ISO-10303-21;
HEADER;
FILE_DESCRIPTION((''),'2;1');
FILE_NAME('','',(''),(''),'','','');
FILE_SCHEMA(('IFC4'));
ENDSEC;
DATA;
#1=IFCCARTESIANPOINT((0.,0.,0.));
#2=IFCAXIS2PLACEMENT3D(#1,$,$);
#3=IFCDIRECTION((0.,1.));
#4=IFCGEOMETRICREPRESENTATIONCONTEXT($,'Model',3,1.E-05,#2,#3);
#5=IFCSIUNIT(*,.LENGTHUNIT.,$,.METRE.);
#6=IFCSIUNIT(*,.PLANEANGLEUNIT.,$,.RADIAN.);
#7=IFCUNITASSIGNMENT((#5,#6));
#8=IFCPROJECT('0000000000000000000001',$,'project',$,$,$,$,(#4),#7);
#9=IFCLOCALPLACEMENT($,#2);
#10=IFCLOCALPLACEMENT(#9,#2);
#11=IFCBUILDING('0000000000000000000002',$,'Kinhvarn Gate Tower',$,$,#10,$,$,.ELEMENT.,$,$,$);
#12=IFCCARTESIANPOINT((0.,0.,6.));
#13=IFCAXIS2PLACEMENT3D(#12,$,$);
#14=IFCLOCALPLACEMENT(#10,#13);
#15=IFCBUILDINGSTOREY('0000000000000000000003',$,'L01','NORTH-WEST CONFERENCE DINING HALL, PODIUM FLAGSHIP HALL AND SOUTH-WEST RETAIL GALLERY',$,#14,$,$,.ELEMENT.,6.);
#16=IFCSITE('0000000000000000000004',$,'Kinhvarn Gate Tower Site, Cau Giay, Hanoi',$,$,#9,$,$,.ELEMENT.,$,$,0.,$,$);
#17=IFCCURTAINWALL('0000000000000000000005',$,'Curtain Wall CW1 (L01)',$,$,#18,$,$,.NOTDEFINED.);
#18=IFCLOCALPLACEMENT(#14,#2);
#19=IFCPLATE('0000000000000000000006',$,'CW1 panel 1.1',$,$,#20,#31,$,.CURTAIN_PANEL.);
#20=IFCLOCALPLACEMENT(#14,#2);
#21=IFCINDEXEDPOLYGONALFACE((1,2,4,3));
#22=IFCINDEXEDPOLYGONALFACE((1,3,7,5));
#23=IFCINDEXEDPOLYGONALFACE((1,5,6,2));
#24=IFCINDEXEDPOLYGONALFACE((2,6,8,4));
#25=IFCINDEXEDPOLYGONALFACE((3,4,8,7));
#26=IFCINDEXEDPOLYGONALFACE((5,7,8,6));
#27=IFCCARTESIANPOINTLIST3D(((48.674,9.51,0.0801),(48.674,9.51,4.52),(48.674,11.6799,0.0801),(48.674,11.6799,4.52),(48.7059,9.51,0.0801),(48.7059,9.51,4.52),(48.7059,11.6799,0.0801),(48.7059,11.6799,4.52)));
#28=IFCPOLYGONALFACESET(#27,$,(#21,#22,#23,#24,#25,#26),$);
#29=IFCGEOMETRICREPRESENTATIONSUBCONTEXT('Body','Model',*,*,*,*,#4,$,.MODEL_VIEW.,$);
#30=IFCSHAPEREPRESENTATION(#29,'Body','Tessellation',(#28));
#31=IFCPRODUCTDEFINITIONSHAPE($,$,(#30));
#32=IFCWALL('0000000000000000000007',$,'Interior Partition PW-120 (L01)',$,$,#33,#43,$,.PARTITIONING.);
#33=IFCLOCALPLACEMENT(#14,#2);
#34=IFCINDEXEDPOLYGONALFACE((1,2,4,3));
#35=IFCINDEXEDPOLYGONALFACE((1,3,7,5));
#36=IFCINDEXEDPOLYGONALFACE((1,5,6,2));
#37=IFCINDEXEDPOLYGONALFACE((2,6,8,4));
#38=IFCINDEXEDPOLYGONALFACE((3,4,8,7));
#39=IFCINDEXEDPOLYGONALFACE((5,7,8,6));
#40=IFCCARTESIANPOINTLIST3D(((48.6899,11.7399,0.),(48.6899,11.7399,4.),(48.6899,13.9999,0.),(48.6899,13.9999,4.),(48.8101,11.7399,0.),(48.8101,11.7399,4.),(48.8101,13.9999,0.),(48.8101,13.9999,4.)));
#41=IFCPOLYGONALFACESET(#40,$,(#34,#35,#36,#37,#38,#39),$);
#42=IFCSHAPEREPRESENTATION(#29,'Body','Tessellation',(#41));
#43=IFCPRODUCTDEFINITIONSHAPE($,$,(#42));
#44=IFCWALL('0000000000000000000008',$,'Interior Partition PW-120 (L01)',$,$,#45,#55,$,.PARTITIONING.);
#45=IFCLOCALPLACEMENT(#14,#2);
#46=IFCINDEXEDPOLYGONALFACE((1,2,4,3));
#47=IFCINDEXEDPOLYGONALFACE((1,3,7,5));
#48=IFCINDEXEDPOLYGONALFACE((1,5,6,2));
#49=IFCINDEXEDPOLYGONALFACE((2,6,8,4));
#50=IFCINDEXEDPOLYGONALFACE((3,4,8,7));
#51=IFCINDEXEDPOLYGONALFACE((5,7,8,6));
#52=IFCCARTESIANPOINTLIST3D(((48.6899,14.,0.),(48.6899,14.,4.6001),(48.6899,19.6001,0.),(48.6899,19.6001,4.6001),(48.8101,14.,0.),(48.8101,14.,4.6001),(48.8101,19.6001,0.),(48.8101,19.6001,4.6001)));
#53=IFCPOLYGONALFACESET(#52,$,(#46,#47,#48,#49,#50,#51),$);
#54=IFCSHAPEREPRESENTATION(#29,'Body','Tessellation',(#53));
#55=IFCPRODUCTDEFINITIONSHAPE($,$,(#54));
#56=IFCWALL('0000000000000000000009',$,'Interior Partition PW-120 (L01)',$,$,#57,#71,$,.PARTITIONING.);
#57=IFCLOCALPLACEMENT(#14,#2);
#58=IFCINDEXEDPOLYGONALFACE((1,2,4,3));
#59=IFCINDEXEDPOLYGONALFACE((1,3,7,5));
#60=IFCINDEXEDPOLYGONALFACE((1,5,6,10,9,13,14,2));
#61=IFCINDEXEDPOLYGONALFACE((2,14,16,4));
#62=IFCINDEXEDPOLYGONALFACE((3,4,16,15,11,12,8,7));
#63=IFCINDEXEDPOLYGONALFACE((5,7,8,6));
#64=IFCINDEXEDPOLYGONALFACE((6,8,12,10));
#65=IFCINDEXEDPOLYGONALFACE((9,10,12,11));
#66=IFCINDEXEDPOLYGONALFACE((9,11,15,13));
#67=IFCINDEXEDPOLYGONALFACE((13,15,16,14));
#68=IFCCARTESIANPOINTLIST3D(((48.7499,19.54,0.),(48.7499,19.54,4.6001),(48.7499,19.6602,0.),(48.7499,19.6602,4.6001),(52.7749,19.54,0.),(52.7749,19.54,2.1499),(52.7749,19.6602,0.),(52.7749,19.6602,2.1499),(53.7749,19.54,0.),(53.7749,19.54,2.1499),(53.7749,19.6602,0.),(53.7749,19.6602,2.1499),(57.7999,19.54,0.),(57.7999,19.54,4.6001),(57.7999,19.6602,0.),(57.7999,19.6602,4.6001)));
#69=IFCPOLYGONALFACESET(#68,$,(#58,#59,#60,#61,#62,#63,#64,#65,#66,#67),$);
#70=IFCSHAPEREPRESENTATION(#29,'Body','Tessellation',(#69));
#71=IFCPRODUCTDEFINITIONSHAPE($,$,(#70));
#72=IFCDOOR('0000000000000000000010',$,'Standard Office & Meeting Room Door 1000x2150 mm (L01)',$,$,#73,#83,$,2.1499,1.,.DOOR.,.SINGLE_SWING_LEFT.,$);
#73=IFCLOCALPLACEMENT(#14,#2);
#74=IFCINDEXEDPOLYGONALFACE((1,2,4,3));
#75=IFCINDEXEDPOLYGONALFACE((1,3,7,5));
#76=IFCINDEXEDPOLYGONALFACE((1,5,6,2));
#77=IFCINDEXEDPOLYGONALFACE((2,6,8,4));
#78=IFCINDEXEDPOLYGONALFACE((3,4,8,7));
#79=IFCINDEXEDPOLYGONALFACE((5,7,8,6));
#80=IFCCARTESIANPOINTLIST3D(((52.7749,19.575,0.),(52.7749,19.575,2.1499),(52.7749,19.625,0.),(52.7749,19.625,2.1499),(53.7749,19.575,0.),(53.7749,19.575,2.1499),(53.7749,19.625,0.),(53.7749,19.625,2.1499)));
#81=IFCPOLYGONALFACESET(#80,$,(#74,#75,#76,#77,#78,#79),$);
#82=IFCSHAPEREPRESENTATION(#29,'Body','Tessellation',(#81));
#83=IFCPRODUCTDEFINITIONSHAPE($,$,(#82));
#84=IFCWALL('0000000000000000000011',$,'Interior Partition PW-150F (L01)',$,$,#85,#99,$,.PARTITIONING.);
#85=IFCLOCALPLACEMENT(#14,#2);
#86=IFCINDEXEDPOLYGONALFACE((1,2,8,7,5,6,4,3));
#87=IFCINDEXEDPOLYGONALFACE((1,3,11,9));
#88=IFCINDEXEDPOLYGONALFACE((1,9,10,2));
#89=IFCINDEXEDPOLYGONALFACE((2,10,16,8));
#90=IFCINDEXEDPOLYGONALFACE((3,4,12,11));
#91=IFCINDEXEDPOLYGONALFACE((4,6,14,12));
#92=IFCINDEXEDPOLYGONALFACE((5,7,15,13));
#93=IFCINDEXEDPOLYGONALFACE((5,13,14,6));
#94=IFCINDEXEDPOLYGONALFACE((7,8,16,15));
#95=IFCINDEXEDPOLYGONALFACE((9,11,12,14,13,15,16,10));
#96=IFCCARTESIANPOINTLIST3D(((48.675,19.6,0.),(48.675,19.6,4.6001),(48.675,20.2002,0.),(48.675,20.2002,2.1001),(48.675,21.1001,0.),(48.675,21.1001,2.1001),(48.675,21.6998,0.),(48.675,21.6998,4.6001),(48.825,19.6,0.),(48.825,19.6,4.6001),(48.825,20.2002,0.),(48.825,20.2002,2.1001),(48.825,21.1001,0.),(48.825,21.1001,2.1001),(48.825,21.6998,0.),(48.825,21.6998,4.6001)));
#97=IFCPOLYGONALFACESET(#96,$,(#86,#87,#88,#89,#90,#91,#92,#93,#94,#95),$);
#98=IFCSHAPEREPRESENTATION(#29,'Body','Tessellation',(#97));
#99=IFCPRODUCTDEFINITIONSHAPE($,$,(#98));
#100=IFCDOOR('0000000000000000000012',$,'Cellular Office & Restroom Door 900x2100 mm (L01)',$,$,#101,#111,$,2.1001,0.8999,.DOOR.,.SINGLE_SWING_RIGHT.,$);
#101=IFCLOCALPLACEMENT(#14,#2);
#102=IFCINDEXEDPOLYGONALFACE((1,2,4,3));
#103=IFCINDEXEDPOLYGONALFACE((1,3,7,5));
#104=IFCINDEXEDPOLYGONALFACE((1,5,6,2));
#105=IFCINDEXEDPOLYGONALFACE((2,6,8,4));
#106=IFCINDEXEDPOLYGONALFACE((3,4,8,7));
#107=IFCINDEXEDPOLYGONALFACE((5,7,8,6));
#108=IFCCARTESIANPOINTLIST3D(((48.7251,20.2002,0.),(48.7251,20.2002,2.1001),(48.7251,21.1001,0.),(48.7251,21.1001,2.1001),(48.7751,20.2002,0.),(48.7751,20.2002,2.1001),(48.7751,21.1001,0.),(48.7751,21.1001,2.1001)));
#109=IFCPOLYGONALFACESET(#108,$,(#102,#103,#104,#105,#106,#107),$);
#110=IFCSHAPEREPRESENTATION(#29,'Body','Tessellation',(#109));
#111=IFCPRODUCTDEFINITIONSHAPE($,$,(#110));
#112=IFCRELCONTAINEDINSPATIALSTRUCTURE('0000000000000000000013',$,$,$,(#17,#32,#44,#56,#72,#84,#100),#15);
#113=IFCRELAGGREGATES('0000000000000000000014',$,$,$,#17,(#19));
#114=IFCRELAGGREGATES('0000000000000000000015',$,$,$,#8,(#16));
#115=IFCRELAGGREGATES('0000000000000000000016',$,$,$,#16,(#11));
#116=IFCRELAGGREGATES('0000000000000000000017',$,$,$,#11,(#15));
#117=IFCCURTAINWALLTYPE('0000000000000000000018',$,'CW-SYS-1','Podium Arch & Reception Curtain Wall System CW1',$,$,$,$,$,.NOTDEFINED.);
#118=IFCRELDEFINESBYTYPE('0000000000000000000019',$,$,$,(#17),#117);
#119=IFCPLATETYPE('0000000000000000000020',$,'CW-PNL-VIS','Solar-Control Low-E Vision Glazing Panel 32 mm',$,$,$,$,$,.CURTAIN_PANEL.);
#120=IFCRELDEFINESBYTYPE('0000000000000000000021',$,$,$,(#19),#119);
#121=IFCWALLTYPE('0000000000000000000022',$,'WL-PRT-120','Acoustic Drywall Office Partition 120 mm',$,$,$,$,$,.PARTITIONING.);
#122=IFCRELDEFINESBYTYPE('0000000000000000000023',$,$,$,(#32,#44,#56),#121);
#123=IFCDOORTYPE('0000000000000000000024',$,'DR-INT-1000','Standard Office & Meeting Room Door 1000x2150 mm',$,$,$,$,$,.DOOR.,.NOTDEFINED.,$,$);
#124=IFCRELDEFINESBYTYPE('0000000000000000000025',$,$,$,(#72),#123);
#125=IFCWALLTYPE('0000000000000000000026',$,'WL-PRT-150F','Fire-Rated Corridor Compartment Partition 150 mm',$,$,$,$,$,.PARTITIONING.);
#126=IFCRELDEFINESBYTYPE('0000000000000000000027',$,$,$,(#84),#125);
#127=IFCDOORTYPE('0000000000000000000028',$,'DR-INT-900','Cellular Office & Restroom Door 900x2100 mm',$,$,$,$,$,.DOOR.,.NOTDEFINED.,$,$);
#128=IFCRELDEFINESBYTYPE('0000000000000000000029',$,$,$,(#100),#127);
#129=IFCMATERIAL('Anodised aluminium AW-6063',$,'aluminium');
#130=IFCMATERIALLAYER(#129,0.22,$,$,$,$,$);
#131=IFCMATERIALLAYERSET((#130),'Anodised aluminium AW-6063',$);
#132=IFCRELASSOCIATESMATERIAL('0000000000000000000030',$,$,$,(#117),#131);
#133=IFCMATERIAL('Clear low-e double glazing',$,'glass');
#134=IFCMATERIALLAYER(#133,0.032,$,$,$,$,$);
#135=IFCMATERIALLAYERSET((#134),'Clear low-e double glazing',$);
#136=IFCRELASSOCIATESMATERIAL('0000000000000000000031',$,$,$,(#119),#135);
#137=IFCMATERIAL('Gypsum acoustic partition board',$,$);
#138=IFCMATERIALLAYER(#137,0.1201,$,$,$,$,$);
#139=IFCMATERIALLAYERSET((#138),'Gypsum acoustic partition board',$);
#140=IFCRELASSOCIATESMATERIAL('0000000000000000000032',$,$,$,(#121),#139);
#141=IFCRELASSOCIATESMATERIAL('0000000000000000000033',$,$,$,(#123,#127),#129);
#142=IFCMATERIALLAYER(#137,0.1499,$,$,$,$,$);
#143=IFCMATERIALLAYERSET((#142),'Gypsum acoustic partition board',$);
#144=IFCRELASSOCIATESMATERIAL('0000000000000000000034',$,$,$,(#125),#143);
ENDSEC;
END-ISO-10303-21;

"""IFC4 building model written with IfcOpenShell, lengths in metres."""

from ifc_helpers import new_model, si_unit, direction, frame, frame_2d, origin, origin_2d, place, context, subcontext, project, spatial, rectangle, extrude, material, layer, layer_set, type_object, element, fill, aggregate, save


model = new_model("IFC4")

# Units and contexts
model_context = context("Model", 3, precision=1e-05, world=origin(), true_north=direction((0.0, 1.0)))
body_context = subcontext(model_context, "Body", "Model", "MODEL_VIEW")
ifc_project = project(units=[si_unit("LENGTHUNIT", "METRE"), si_unit("PLANEANGLEUNIT", "RADIAN")], contexts=[model_context])

# Site, building, storey
site_placement = place(None, origin())
site = spatial("IfcSite", under=ifc_project, at=site_placement, Name="Kinhvarn Gate Tower Site, Cau Giay, Hanoi", CompositionType="ELEMENT", RefElevation=0.0)
building_placement = place(site_placement, origin())
building = spatial("IfcBuilding", under=site, at=building_placement, Name="Kinhvarn Gate Tower", CompositionType="ELEMENT")
storey_placement = place(building_placement, frame((0.0, 0.0, 6.0)))
storey = spatial("IfcBuildingStorey", under=building, at=storey_placement, Name="L01", Description="NORTH-WEST CONFERENCE DINING HALL, PODIUM FLAGSHIP HALL AND SOUTH-WEST RETAIL GALLERY", CompositionType="ELEMENT", Elevation=6.0)

# Shared definitions
ifc_material_1 = material(Name="Anodised aluminium AW-6063", Category="aluminium")
ifc_layer_1 = layer(ifc_material_1, 0.22)
ifc_layer_set_1 = layer_set([ifc_layer_1], Name="Anodised aluminium AW-6063")
curtain_wall_type = type_object("IfcCurtainWallType", Name="CW-SYS-1", Description="Podium Arch & Reception Curtain Wall System CW1", PredefinedType="NOTDEFINED", material=ifc_layer_set_1)

# Curtain wall
curtain_wall_1_placement = place(storey_placement, origin())
curtain_wall_1 = element("IfcCurtainWall", 1, at=curtain_wall_1_placement, inside=storey, type_object=curtain_wall_type, Name="Curtain Wall CW1 (L01)", PredefinedType="NOTDEFINED")

# Plate
ifc_material_2 = material(Name="Clear low-e double glazing", Category="glass")
ifc_layer_2 = layer(ifc_material_2, 0.032)
ifc_layer_set_2 = layer_set([ifc_layer_2], Name="Clear low-e double glazing")
plate_type = type_object("IfcPlateType", Name="CW-PNL-VIS", Description="Solar-Control Low-E Vision Glazing Panel 32 mm", PredefinedType="CURTAIN_PANEL", material=ifc_layer_set_2)
plate_1_placement = place(storey_placement, frame((48.6899, 10.595, 0.0801), z_axis=(0.0, 0.0, 1.0), x_axis=(0.0, -1.0, 0.0)))
plate_1 = element("IfcPlate", 2, at=plate_1_placement, type_object=plate_type, Name="CW1 panel 1.1", PredefinedType="CURTAIN_PANEL", context=body_context, shape_type="SweptSolid", body=[
    extrude(rectangle(XDim=2.1699, YDim=0.032, at=origin_2d()), origin(), (0.0, 0.0, 1.0), 4.4399),
])
aggregate(curtain_wall_1, [plate_1])

# Walls
ifc_material_3 = material(Name="Gypsum acoustic partition board")
ifc_layer_3 = layer(ifc_material_3, 0.1201)
ifc_layer_set_3 = layer_set([ifc_layer_3], Name="Gypsum acoustic partition board")
wall_type_1 = type_object("IfcWallType", Name="WL-PRT-120", Description="Acoustic Drywall Office Partition 120 mm", PredefinedType="PARTITIONING", material=ifc_layer_set_3)
wall_1_placement = place(storey_placement, frame((48.75, 11.74, 0.0), z_axis=(0.0, 0.0, 1.0), x_axis=(0.0, 1.0, 0.0)))
element("IfcWall", 3, at=wall_1_placement, inside=storey, type_object=wall_type_1, Name="Interior Partition PW-120 (L01)", PredefinedType="PARTITIONING", context=body_context, shape_type="SweptSolid", body=[
    extrude(rectangle(XDim=2.26, YDim=0.1201, at=frame_2d((1.1299, 0.0))), origin(), (0.0, 0.0, 1.0), 4.0),
])
wall_2_placement = place(storey_placement, frame((48.75, 14.0, 0.0), z_axis=(0.0, 0.0, 1.0), x_axis=(0.0, 1.0, 0.0)))
element("IfcWall", 4, at=wall_2_placement, inside=storey, type_object=wall_type_1, Name="Interior Partition PW-120 (L01)", PredefinedType="PARTITIONING", context=body_context, shape_type="SweptSolid", body=[
    extrude(rectangle(XDim=5.6001, YDim=0.1201, at=frame_2d((2.8, 0.0))), origin(), (0.0, 0.0, 1.0), 4.6001),
])

# Walls, openings, doors
wall_3_placement = place(storey_placement, frame((48.75, 19.6001, 0.0), z_axis=(0.0, 0.0, 1.0), x_axis=(1.0, 0.0, 0.0)))
wall_3 = element("IfcWall", 5, at=wall_3_placement, inside=storey, type_object=wall_type_1, Name="Interior Partition PW-120 (L01)", PredefinedType="PARTITIONING", context=body_context, shape_type="SweptSolid", body=[
    extrude(rectangle(XDim=9.05, YDim=0.1201, at=frame_2d((4.5249, 0.0))), origin(), (0.0, 0.0, 1.0), 4.6001),
])
opening_1_placement = place(wall_3_placement, frame((4.0249, 0.0, 0.0)))
opening_1 = element("IfcOpeningElement", 6, at=opening_1_placement, cuts=wall_3, PredefinedType="OPENING", context=body_context, shape_type="SweptSolid", body=[
    extrude(rectangle(XDim=1.0, YDim=2.1499, at=frame_2d((0.5, 1.075))), frame((0.0, 0.0701, 0.0), z_axis=(0.0, -1.0, 0.0), x_axis=(1.0, 0.0, 0.0)), (0.0, 0.0, 1.0), 0.1401),
])
door_type_1 = type_object("IfcDoorType", Name="DR-INT-1000", Description="Standard Office & Meeting Room Door 1000x2150 mm", OperationType="NOTDEFINED", PredefinedType="DOOR", material=ifc_material_1)
door_1_placement = place(opening_1_placement, origin())
door_1 = element("IfcDoor", 7, at=door_1_placement, inside=storey, type_object=door_type_1, Name="Standard Office & Meeting Room Door 1000x2150 mm (L01)", OperationType="SINGLE_SWING_LEFT", OverallHeight=2.1499, OverallWidth=1.0, PredefinedType="DOOR", context=body_context, shape_type="SweptSolid", body=[
    extrude(rectangle(XDim=1.0, YDim=2.1499, at=frame_2d((0.5, 1.075))), frame((0.0, 0.0249, 0.0), z_axis=(0.0, -1.0, 0.0), x_axis=(1.0, 0.0, 0.0)), (0.0, 0.0, 1.0), 0.05),
])
fill(opening_1, door_1)
ifc_layer_4 = layer(ifc_material_3, 0.1499)
ifc_layer_set_4 = layer_set([ifc_layer_4], Name="Gypsum acoustic partition board")
wall_type_2 = type_object("IfcWallType", Name="WL-PRT-150F", Description="Fire-Rated Corridor Compartment Partition 150 mm", PredefinedType="PARTITIONING", material=ifc_layer_set_4)
wall_4_placement = place(storey_placement, frame((48.75, 19.6001, 0.0), z_axis=(0.0, 0.0, 1.0), x_axis=(0.0, 1.0, 0.0)))
wall_4 = element("IfcWall", 8, at=wall_4_placement, inside=storey, type_object=wall_type_2, Name="Interior Partition PW-150F (L01)", PredefinedType="PARTITIONING", context=body_context, shape_type="SweptSolid", body=[
    extrude(rectangle(XDim=2.0999, YDim=0.1499, at=frame_2d((1.0498, 0.0))), origin(), (0.0, 0.0, 1.0), 4.6001),
])
opening_2_placement = place(wall_4_placement, frame((0.6001, 0.0, 0.0)))
opening_2 = element("IfcOpeningElement", 9, at=opening_2_placement, cuts=wall_4, PredefinedType="OPENING", context=body_context, shape_type="SweptSolid", body=[
    extrude(rectangle(XDim=0.8999, YDim=2.1001, at=frame_2d((0.45, 1.05))), frame((0.0, 0.085, 0.0), z_axis=(0.0, -1.0, 0.0), x_axis=(1.0, 0.0, 0.0)), (0.0, 0.0, 1.0), 0.1699),
])
door_type_2 = type_object("IfcDoorType", Name="DR-INT-900", Description="Cellular Office & Restroom Door 900x2100 mm", OperationType="NOTDEFINED", PredefinedType="DOOR", material=ifc_material_1)
door_2_placement = place(opening_2_placement, origin())
door_2 = element("IfcDoor", 10, at=door_2_placement, inside=storey, type_object=door_type_2, Name="Cellular Office & Restroom Door 900x2100 mm (L01)", OperationType="SINGLE_SWING_RIGHT", OverallHeight=2.1001, OverallWidth=0.8999, PredefinedType="DOOR", context=body_context, shape_type="SweptSolid", body=[
    extrude(rectangle(XDim=0.8999, YDim=2.1001, at=frame_2d((0.45, 1.05))), frame((0.0, 0.0249, 0.0), z_axis=(0.0, -1.0, 0.0), x_axis=(1.0, 0.0, 0.0)), (0.0, 0.0, 1.0), 0.05),
])
fill(opening_2, door_2)

save(model, "model.ifc")
